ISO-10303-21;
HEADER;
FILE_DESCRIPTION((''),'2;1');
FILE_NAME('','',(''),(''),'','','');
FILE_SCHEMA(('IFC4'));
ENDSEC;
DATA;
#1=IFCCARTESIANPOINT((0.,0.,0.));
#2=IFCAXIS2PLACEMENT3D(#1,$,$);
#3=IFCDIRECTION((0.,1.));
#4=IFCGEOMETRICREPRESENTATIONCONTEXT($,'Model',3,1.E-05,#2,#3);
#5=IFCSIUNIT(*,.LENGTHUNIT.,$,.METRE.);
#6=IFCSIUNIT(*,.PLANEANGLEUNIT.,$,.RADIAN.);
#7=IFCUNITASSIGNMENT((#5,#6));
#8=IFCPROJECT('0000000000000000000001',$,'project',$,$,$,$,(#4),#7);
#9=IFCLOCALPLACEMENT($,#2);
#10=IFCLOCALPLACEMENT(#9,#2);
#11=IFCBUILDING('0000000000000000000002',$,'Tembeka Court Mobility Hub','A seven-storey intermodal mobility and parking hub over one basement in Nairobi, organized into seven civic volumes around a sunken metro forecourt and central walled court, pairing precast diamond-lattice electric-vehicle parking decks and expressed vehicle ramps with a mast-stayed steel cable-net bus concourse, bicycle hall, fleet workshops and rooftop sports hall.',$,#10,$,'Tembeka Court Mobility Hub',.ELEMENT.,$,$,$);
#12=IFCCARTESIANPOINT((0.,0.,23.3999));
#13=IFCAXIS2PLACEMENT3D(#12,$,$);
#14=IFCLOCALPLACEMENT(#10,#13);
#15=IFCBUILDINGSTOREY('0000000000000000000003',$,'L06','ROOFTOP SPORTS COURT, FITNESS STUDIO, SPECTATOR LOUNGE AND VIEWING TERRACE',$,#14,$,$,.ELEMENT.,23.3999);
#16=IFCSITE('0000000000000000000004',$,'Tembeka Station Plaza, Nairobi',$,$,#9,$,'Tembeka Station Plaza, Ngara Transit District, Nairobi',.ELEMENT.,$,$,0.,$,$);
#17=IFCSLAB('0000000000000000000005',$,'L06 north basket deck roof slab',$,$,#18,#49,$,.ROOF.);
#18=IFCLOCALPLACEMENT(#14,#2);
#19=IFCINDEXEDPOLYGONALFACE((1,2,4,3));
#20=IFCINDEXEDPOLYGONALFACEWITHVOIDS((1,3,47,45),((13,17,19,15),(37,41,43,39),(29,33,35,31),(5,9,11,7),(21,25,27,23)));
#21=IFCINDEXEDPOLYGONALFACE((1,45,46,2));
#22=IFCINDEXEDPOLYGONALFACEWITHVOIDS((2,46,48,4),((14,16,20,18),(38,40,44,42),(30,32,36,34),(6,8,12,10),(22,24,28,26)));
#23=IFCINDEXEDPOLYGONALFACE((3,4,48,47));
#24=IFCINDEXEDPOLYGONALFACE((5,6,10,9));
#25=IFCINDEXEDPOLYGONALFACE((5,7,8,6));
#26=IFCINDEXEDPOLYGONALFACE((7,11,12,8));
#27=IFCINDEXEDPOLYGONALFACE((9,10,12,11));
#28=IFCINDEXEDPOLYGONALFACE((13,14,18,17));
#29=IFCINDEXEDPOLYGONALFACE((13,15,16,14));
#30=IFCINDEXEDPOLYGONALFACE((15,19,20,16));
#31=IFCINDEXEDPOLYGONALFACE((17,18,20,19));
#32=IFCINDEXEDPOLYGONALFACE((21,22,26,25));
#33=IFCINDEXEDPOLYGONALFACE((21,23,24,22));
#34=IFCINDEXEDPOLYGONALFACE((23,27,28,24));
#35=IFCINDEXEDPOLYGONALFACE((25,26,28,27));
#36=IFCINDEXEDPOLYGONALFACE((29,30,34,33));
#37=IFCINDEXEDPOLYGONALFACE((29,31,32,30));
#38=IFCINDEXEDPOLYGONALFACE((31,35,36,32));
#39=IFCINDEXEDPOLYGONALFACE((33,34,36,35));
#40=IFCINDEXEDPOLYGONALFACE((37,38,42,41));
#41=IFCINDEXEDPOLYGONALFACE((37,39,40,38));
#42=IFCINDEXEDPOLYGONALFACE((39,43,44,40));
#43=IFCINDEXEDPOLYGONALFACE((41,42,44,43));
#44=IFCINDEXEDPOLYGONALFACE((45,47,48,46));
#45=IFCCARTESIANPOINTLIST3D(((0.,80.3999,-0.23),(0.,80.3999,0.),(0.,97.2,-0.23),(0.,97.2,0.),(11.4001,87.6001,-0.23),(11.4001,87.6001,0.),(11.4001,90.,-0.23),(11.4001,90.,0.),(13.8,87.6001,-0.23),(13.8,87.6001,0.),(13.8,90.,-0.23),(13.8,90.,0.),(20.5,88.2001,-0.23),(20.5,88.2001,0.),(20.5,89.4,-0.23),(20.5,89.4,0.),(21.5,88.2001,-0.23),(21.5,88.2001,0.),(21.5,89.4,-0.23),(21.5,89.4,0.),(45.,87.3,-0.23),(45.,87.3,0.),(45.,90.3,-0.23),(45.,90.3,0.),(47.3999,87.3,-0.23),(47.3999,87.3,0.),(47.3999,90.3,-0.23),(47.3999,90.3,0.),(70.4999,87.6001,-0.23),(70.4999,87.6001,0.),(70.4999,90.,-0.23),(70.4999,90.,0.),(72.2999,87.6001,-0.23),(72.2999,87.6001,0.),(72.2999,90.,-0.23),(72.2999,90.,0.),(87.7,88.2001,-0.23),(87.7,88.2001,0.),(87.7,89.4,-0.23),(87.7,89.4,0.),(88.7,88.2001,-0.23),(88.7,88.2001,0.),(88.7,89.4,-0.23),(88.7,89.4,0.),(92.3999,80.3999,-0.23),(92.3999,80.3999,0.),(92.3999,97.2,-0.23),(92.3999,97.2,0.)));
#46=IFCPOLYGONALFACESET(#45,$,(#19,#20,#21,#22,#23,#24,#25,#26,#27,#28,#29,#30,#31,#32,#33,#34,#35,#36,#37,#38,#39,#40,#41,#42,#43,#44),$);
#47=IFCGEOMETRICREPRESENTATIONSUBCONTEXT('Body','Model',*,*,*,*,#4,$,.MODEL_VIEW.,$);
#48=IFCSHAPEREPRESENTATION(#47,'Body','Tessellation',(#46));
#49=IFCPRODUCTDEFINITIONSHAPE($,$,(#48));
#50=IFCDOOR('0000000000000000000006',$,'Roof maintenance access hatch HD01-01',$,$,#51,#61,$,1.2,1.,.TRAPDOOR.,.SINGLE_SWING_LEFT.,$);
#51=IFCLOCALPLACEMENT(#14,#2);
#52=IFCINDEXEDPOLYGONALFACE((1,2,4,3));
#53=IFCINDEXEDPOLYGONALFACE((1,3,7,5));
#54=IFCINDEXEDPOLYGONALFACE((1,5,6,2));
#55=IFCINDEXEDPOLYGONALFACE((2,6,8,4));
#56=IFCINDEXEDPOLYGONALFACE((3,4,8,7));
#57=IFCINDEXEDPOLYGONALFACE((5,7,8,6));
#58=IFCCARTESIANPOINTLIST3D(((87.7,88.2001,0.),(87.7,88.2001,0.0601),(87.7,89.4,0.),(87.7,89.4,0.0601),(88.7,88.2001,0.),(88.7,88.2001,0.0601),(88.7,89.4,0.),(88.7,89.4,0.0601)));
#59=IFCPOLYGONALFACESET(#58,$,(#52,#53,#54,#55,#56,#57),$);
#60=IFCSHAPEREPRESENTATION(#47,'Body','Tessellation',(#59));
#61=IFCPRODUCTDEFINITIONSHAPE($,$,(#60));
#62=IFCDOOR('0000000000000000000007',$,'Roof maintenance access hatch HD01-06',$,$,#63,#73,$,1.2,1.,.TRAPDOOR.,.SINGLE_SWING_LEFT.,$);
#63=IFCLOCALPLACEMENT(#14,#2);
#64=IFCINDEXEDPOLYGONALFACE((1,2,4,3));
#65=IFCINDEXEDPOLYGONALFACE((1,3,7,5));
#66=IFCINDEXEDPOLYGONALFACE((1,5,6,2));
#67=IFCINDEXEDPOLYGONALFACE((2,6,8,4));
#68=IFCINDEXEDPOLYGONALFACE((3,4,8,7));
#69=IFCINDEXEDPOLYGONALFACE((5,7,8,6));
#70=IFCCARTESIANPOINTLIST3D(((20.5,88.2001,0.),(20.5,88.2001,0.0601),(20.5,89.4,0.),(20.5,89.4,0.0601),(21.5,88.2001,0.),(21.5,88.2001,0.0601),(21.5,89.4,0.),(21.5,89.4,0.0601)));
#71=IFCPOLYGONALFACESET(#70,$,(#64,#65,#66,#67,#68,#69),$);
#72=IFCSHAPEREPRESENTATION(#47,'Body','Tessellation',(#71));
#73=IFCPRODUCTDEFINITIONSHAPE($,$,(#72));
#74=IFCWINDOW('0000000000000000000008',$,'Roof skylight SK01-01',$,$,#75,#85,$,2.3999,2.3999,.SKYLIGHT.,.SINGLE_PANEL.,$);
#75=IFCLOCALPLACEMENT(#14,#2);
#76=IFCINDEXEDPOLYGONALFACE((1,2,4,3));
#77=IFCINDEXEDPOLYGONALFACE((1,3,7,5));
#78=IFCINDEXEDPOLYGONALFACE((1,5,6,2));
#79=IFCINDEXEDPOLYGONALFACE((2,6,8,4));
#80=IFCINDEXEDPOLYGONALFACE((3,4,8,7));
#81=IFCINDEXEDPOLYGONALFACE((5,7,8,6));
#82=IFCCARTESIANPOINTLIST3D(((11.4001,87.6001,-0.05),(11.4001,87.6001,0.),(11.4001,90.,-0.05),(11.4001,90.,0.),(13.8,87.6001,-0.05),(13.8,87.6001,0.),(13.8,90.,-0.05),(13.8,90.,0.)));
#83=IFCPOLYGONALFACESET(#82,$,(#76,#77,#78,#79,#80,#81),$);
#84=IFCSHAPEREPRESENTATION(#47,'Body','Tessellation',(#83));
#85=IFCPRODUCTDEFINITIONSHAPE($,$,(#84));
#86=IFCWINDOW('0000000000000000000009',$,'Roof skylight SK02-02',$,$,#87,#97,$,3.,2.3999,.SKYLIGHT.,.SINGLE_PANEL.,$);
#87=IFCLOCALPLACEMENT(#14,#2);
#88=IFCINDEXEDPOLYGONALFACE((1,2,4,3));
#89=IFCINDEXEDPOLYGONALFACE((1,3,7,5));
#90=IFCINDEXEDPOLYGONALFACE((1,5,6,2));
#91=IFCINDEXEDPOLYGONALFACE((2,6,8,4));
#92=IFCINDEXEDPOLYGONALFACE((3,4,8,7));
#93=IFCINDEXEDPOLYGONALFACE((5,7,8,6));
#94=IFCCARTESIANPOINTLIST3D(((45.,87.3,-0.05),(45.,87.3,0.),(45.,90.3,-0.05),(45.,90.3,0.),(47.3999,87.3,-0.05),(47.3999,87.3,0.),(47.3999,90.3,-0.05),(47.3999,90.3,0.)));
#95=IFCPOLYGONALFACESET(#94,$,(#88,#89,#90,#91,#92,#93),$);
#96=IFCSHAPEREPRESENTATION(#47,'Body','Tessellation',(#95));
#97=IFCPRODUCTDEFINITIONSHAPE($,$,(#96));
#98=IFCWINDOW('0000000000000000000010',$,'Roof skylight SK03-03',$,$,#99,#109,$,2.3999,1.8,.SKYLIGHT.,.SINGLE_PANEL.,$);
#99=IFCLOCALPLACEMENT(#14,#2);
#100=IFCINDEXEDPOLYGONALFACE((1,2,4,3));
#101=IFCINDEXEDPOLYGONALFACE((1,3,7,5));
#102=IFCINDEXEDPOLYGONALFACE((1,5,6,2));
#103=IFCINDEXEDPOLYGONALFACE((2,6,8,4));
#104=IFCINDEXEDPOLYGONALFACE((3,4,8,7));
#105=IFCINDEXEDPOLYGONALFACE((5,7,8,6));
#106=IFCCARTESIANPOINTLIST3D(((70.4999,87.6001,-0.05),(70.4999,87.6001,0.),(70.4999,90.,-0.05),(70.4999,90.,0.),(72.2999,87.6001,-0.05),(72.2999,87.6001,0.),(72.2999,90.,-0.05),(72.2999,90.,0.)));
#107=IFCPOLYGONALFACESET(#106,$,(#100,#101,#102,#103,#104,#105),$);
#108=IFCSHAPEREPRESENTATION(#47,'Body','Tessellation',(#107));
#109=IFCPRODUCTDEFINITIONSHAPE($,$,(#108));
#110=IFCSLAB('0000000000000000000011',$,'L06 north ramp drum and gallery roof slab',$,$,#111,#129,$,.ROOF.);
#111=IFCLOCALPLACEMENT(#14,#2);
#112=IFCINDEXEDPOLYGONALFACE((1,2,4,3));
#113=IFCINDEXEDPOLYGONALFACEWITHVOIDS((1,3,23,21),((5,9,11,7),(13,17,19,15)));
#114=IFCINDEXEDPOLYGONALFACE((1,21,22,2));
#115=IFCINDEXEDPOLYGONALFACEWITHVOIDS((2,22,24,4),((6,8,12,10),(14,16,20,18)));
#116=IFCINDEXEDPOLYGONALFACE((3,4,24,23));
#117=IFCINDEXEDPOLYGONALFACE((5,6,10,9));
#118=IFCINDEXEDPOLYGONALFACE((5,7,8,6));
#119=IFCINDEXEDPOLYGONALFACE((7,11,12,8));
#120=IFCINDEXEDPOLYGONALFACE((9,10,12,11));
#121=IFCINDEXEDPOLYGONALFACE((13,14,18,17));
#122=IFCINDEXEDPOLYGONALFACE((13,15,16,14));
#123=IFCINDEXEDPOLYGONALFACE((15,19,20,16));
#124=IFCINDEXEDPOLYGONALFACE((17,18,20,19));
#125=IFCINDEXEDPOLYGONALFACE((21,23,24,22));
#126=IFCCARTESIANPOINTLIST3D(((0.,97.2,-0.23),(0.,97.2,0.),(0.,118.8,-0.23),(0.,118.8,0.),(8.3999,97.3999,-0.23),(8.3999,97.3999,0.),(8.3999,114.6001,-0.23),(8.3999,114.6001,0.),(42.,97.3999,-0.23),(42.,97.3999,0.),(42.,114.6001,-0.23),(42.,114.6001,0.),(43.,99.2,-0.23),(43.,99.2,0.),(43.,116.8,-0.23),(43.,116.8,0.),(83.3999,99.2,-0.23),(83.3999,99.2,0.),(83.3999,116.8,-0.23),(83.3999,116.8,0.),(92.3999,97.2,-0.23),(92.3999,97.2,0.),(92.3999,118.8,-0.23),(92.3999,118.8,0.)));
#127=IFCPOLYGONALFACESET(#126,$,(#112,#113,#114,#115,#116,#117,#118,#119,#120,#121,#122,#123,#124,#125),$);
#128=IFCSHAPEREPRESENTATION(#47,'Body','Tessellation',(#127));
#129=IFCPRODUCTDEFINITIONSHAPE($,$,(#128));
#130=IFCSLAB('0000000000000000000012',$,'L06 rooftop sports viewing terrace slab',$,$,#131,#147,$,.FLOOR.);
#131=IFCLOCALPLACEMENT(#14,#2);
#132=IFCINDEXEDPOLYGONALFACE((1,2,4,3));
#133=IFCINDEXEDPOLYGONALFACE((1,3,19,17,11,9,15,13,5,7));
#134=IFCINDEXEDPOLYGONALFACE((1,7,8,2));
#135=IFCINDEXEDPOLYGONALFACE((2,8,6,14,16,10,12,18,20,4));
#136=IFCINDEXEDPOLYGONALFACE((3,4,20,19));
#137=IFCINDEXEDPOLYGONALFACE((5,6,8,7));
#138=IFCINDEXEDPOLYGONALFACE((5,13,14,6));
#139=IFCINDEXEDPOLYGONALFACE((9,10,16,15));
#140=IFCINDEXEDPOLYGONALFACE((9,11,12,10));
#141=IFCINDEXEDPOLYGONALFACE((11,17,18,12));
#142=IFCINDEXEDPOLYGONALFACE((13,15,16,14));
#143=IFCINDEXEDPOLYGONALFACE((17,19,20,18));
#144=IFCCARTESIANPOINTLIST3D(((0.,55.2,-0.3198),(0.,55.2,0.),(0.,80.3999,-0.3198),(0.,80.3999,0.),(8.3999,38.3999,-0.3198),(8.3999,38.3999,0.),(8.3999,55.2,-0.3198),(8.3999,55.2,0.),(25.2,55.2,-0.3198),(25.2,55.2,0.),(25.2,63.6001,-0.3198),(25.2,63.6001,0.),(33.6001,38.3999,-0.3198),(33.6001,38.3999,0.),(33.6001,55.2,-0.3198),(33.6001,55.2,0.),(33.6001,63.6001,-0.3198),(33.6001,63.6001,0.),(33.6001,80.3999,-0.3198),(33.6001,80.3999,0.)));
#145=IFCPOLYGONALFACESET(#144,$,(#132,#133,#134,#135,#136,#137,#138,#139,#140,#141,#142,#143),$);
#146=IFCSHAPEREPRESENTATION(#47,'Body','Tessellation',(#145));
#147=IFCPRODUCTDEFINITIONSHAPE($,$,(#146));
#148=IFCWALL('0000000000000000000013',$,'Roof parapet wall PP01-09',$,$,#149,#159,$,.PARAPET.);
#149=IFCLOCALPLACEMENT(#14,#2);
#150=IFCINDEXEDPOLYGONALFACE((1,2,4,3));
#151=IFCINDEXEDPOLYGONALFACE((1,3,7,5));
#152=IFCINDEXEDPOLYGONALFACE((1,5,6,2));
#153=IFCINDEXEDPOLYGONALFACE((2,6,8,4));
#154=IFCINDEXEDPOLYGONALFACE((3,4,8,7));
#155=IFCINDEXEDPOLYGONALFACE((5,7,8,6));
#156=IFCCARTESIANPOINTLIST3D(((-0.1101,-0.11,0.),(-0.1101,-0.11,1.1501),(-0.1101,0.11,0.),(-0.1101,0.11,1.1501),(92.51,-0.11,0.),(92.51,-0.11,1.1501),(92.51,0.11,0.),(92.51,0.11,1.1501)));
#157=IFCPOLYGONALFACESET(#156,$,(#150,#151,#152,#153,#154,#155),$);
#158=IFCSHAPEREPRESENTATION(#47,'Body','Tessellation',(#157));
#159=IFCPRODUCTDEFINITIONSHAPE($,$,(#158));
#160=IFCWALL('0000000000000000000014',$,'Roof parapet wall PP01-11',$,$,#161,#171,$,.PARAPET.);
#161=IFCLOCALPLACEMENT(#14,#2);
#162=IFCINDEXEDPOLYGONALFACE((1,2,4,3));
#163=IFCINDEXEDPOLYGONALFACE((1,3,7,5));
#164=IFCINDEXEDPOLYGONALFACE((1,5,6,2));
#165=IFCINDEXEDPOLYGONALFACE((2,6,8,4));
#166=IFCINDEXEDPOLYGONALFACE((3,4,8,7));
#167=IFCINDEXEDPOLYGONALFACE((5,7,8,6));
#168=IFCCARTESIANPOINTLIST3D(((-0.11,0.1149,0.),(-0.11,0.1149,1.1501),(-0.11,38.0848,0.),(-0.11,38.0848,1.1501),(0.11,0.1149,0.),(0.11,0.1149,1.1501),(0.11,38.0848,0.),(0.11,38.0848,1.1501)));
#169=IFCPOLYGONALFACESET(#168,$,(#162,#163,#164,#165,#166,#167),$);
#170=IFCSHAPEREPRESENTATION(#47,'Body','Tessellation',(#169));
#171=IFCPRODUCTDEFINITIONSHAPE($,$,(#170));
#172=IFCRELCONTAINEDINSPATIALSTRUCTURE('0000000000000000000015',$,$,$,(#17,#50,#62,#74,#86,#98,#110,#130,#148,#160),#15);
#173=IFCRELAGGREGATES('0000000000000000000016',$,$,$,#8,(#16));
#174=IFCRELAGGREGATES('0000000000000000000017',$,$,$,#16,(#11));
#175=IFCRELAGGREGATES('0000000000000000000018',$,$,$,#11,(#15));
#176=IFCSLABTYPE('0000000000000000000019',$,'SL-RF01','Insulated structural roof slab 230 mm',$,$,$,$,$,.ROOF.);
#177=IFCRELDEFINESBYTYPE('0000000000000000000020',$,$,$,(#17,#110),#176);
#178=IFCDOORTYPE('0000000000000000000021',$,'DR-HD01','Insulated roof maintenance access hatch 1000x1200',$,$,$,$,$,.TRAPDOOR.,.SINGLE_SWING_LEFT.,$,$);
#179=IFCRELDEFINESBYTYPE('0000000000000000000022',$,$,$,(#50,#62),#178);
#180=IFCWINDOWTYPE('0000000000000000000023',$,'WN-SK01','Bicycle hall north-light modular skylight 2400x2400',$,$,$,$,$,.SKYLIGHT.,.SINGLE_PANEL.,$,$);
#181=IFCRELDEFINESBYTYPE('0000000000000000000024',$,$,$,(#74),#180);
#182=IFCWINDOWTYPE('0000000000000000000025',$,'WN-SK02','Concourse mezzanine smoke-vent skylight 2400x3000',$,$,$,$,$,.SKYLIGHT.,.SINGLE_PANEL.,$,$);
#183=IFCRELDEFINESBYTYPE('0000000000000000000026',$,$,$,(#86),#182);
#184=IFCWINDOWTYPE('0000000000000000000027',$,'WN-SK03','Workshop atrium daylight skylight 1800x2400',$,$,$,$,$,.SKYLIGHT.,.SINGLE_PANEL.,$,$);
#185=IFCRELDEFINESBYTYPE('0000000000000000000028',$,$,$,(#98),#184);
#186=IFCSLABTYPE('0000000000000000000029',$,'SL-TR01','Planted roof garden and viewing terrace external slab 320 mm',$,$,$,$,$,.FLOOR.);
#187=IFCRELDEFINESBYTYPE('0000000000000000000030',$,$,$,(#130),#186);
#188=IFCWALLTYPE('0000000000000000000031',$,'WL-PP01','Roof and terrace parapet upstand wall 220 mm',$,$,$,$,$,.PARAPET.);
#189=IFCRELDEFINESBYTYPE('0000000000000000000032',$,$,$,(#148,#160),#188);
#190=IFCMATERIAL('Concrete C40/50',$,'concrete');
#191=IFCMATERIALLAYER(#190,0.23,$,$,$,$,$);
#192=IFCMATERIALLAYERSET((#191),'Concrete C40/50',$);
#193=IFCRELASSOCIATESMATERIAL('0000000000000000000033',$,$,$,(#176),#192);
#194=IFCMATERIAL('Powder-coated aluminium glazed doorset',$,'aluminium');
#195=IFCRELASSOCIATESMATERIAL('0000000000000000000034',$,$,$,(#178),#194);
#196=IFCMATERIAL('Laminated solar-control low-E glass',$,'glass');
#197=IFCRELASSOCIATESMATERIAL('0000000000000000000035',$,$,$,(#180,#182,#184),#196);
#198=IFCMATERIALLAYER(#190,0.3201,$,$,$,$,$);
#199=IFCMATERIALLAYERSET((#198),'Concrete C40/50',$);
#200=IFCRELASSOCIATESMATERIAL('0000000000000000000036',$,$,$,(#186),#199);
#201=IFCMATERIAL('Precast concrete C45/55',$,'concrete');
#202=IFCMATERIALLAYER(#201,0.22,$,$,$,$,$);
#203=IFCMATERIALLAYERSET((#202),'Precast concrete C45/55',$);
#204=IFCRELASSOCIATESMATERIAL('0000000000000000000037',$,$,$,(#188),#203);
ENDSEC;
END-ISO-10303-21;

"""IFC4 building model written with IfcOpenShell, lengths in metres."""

from ifc_helpers import new_model, si_unit, direction, frame, frame_2d, origin, origin_2d, place, context, subcontext, project, spatial, polyline, rectangle, outline, extrude, material, layer, layer_set, type_object, element, fill, save


model = new_model("IFC4")

# Units and contexts
model_context = context("Model", 3, precision=1e-05, world=origin(), true_north=direction((0.0, 1.0)))
body_context = subcontext(model_context, "Body", "Model", "MODEL_VIEW")
ifc_project = project(units=[si_unit("LENGTHUNIT", "METRE"), si_unit("PLANEANGLEUNIT", "RADIAN")], contexts=[model_context])

# Site, building, storey
site_placement = place(None, origin())
site = spatial("IfcSite", under=ifc_project, at=site_placement, Name="Tembeka Station Plaza, Nairobi", LongName="Tembeka Station Plaza, Ngara Transit District, Nairobi", CompositionType="ELEMENT", RefElevation=0.0)
building_placement = place(site_placement, origin())
building = spatial("IfcBuilding", under=site, at=building_placement, Name="Tembeka Court Mobility Hub", Description="A seven-storey intermodal mobility and parking hub over one basement in Nairobi, organized into seven civic volumes around a sunken metro forecourt and central walled court, pairing precast diamond-lattice electric-vehicle parking decks and expressed vehicle ramps with a mast-stayed steel cable-net bus concourse, bicycle hall, fleet workshops and rooftop sports hall.", LongName="Tembeka Court Mobility Hub", CompositionType="ELEMENT")
storey_placement = place(building_placement, frame((0.0, 0.0, 23.3999)))
storey = spatial("IfcBuildingStorey", under=building, at=storey_placement, Name="L06", Description="ROOFTOP SPORTS COURT, FITNESS STUDIO, SPECTATOR LOUNGE AND VIEWING TERRACE", CompositionType="ELEMENT", Elevation=23.3999)

# Shared definitions
ifc_material_1 = material(Name="Precast concrete C45/55", Category="concrete")

# Shared definitions
ifc_material_2 = material(Name="Concrete C40/50", Category="concrete")
ifc_layer_1 = layer(ifc_material_2, 0.23)
ifc_layer_set_1 = layer_set([ifc_layer_1], Name="Concrete C40/50")
slab_type_1 = type_object("IfcSlabType", Name="SL-RF01", Description="Insulated structural roof slab 230 mm", PredefinedType="ROOF", material=ifc_layer_set_1)

# Shared definitions
ifc_material_3 = material(Name="Powder-coated aluminium glazed doorset", Category="aluminium")
door_type = type_object("IfcDoorType", Name="DR-HD01", Description="Insulated roof maintenance access hatch 1000x1200", OperationType="SINGLE_SWING_LEFT", PredefinedType="TRAPDOOR", material=ifc_material_3)

# Slab, openings, doors, windows
slab_1_placement = place(storey_placement, frame((0.0, 0.0, -0.23)))
slab_1 = element("IfcSlab", 1, at=slab_1_placement, inside=storey, type_object=slab_type_1, Name="L06 north basket deck roof slab", PredefinedType="ROOF", context=body_context, shape_type="SweptSolid", body=[
    extrude(outline(polyline([(0.0, 80.3999), (92.3999, 80.3999), (92.3999, 97.2), (0.0, 97.2), (0.0, 80.3999)])), origin(), (0.0, 0.0, 1.0), 0.23),
])
opening_1_placement = place(slab_1_placement, frame((12.6001, 88.8, -0.01)))
opening_1 = element("IfcOpeningElement", 2, at=opening_1_placement, cuts=slab_1, PredefinedType="OPENING", context=body_context, shape_type="SweptSolid", body=[
    extrude(rectangle(XDim=2.3999, YDim=2.3999, at=origin_2d()), origin(), (0.0, 0.0, 1.0), 0.25),
])
opening_2_placement = place(slab_1_placement, frame((46.2, 88.8, -0.01)))
opening_2 = element("IfcOpeningElement", 3, at=opening_2_placement, cuts=slab_1, PredefinedType="OPENING", context=body_context, shape_type="SweptSolid", body=[
    extrude(rectangle(XDim=2.3999, YDim=3.0, at=origin_2d()), origin(), (0.0, 0.0, 1.0), 0.25),
])
opening_3_placement = place(slab_1_placement, frame((71.3999, 88.8, -0.01)))
opening_3 = element("IfcOpeningElement", 4, at=opening_3_placement, cuts=slab_1, PredefinedType="OPENING", context=body_context, shape_type="SweptSolid", body=[
    extrude(rectangle(XDim=1.8, YDim=2.3999, at=origin_2d()), origin(), (0.0, 0.0, 1.0), 0.25),
])
opening_4_placement = place(slab_1_placement, frame((88.2, 88.8, -0.01)))
opening_4 = element("IfcOpeningElement", 5, at=opening_4_placement, cuts=slab_1, PredefinedType="OPENING", context=body_context, shape_type="SweptSolid", body=[
    extrude(rectangle(XDim=1.0, YDim=1.2, at=origin_2d()), origin(), (0.0, 0.0, 1.0), 0.3201),
])
opening_5_placement = place(slab_1_placement, frame((21.0, 88.8, -0.01)))
opening_5 = element("IfcOpeningElement", 6, at=opening_5_placement, cuts=slab_1, PredefinedType="OPENING", context=body_context, shape_type="SweptSolid", body=[
    extrude(rectangle(XDim=1.0, YDim=1.2, at=origin_2d()), origin(), (0.0, 0.0, 1.0), 0.3201),
])
door_1_placement = place(opening_4_placement, frame((0.0, 0.0, 0.24)))
door_1 = element("IfcDoor", 7, at=door_1_placement, inside=storey, type_object=door_type, Name="Roof maintenance access hatch HD01-01", OperationType="SINGLE_SWING_LEFT", OverallHeight=1.2, OverallWidth=1.0, PredefinedType="TRAPDOOR", context=body_context, shape_type="SweptSolid", body=[
    extrude(rectangle(XDim=1.0, YDim=1.2, at=origin_2d()), origin(), (0.0, 0.0, 1.0), 0.0601),
])
fill(opening_4, door_1)
door_2_placement = place(opening_5_placement, frame((0.0, 0.0, 0.24)))
door_2 = element("IfcDoor", 8, at=door_2_placement, inside=storey, type_object=door_type, Name="Roof maintenance access hatch HD01-06", OperationType="SINGLE_SWING_LEFT", OverallHeight=1.2, OverallWidth=1.0, PredefinedType="TRAPDOOR", context=body_context, shape_type="SweptSolid", body=[
    extrude(rectangle(XDim=1.0, YDim=1.2, at=origin_2d()), origin(), (0.0, 0.0, 1.0), 0.0601),
])
fill(opening_5, door_2)
ifc_material_4 = material(Name="Laminated solar-control low-E glass", Category="glass")
window_type_1 = type_object("IfcWindowType", Name="WN-SK01", Description="Bicycle hall north-light modular skylight 2400x2400", PartitioningType="SINGLE_PANEL", PredefinedType="SKYLIGHT", material=ifc_material_4)
window_1_placement = place(opening_1_placement, frame((0.0, 0.0, 0.1899)))
window_1 = element("IfcWindow", 9, at=window_1_placement, inside=storey, type_object=window_type_1, Name="Roof skylight SK01-01", OverallHeight=2.3999, OverallWidth=2.3999, PartitioningType="SINGLE_PANEL", PredefinedType="SKYLIGHT", context=body_context, shape_type="SweptSolid", body=[
    extrude(rectangle(XDim=2.3999, YDim=2.3999, at=origin_2d()), origin(), (0.0, 0.0, 1.0), 0.05),
])
fill(opening_1, window_1)
window_type_2 = type_object("IfcWindowType", Name="WN-SK02", Description="Concourse mezzanine smoke-vent skylight 2400x3000", PartitioningType="SINGLE_PANEL", PredefinedType="SKYLIGHT", material=ifc_material_4)
window_2_placement = place(opening_2_placement, frame((0.0, 0.0, 0.1899)))
window_2 = element("IfcWindow", 10, at=window_2_placement, inside=storey, type_object=window_type_2, Name="Roof skylight SK02-02", OverallHeight=3.0, OverallWidth=2.3999, PartitioningType="SINGLE_PANEL", PredefinedType="SKYLIGHT", context=body_context, shape_type="SweptSolid", body=[
    extrude(rectangle(XDim=2.3999, YDim=3.0, at=origin_2d()), origin(), (0.0, 0.0, 1.0), 0.05),
])
fill(opening_2, window_2)
window_type_3 = type_object("IfcWindowType", Name="WN-SK03", Description="Workshop atrium daylight skylight 1800x2400", PartitioningType="SINGLE_PANEL", PredefinedType="SKYLIGHT", material=ifc_material_4)
window_3_placement = place(opening_3_placement, frame((0.0, 0.0, 0.1899)))
window_3 = element("IfcWindow", 11, at=window_3_placement, inside=storey, type_object=window_type_3, Name="Roof skylight SK03-03", OverallHeight=2.3999, OverallWidth=1.8, PartitioningType="SINGLE_PANEL", PredefinedType="SKYLIGHT", context=body_context, shape_type="SweptSolid", body=[
    extrude(rectangle(XDim=1.8, YDim=2.3999, at=origin_2d()), origin(), (0.0, 0.0, 1.0), 0.05),
])
fill(opening_3, window_3)

# Slabs
slab_2_placement = place(storey_placement, frame((0.0, 0.0, -0.23)))
element("IfcSlab", 12, at=slab_2_placement, inside=storey, type_object=slab_type_1, Name="L06 north ramp drum and gallery roof slab", PredefinedType="ROOF", context=body_context, shape_type="SweptSolid", body=[
    extrude(outline(polyline([(0.0, 97.2), (92.3999, 97.2), (92.3999, 118.8), (0.0, 118.8), (0.0, 97.2)]), holes=[polyline([(8.3999, 114.6001), (42.0, 114.6001), (42.0, 97.3999), (8.3999, 97.3999), (8.3999, 114.6001)]), polyline([(43.0, 116.8), (83.3999, 116.8), (83.3999, 99.2), (43.0, 99.2), (43.0, 116.8)])]), origin(), (0.0, 0.0, 1.0), 0.23),
])
ifc_layer_2 = layer(ifc_material_2, 0.3201)
ifc_layer_set_2 = layer_set([ifc_layer_2], Name="Concrete C40/50")
slab_type_2 = type_object("IfcSlabType", Name="SL-TR01", Description="Planted roof garden and viewing terrace external slab 320 mm", PredefinedType="FLOOR", material=ifc_layer_set_2)
slab_3_placement = place(storey_placement, frame((0.0, 0.0, -0.3198)))
element("IfcSlab", 13, at=slab_3_placement, inside=storey, type_object=slab_type_2, Name="L06 rooftop sports viewing terrace slab", PredefinedType="FLOOR", context=body_context, shape_type="SweptSolid", body=[
    extrude(outline(polyline([(8.3999, 38.3999), (33.6001, 38.3999), (33.6001, 55.2), (25.2, 55.2), (25.2, 63.6001), (33.6001, 63.6001), (33.6001, 80.3999), (0.0, 80.3999), (0.0, 55.2), (8.3999, 55.2), (8.3999, 38.3999)])), origin(), (0.0, 0.0, 1.0), 0.3198),
])

# Walls
ifc_layer_3 = layer(ifc_material_1, 0.22)
ifc_layer_set_3 = layer_set([ifc_layer_3], Name="Precast concrete C45/55")
wall_type = type_object("IfcWallType", Name="WL-PP01", Description="Roof and terrace parapet upstand wall 220 mm", PredefinedType="PARAPET", material=ifc_layer_set_3)
wall_1_placement = place(storey_placement, frame((-0.1101, 0.0, 0.0), z_axis=(0.0, 0.0, 1.0), x_axis=(1.0, 0.0, 0.0)))
element("IfcWall", 14, at=wall_1_placement, inside=storey, type_object=wall_type, Name="Roof parapet wall PP01-09", PredefinedType="PARAPET", context=body_context, shape_type="SweptSolid", body=[
    extrude(rectangle(XDim=92.6201, YDim=0.22, at=frame_2d((46.3101, 0.0))), origin(), (0.0, 0.0, 1.0), 1.1501),
])
wall_2_placement = place(storey_placement, frame((0.0, 0.115, 0.0), z_axis=(0.0, 0.0, 1.0), x_axis=(0.0, 1.0, 0.0)))
element("IfcWall", 15, at=wall_2_placement, inside=storey, type_object=wall_type, Name="Roof parapet wall PP01-11", PredefinedType="PARAPET", context=body_context, shape_type="SweptSolid", body=[
    extrude(rectangle(XDim=37.97, YDim=0.22, at=frame_2d((18.9849, 0.0))), origin(), (0.0, 0.0, 1.0), 1.1501),
])

save(model, "model.ifc")
